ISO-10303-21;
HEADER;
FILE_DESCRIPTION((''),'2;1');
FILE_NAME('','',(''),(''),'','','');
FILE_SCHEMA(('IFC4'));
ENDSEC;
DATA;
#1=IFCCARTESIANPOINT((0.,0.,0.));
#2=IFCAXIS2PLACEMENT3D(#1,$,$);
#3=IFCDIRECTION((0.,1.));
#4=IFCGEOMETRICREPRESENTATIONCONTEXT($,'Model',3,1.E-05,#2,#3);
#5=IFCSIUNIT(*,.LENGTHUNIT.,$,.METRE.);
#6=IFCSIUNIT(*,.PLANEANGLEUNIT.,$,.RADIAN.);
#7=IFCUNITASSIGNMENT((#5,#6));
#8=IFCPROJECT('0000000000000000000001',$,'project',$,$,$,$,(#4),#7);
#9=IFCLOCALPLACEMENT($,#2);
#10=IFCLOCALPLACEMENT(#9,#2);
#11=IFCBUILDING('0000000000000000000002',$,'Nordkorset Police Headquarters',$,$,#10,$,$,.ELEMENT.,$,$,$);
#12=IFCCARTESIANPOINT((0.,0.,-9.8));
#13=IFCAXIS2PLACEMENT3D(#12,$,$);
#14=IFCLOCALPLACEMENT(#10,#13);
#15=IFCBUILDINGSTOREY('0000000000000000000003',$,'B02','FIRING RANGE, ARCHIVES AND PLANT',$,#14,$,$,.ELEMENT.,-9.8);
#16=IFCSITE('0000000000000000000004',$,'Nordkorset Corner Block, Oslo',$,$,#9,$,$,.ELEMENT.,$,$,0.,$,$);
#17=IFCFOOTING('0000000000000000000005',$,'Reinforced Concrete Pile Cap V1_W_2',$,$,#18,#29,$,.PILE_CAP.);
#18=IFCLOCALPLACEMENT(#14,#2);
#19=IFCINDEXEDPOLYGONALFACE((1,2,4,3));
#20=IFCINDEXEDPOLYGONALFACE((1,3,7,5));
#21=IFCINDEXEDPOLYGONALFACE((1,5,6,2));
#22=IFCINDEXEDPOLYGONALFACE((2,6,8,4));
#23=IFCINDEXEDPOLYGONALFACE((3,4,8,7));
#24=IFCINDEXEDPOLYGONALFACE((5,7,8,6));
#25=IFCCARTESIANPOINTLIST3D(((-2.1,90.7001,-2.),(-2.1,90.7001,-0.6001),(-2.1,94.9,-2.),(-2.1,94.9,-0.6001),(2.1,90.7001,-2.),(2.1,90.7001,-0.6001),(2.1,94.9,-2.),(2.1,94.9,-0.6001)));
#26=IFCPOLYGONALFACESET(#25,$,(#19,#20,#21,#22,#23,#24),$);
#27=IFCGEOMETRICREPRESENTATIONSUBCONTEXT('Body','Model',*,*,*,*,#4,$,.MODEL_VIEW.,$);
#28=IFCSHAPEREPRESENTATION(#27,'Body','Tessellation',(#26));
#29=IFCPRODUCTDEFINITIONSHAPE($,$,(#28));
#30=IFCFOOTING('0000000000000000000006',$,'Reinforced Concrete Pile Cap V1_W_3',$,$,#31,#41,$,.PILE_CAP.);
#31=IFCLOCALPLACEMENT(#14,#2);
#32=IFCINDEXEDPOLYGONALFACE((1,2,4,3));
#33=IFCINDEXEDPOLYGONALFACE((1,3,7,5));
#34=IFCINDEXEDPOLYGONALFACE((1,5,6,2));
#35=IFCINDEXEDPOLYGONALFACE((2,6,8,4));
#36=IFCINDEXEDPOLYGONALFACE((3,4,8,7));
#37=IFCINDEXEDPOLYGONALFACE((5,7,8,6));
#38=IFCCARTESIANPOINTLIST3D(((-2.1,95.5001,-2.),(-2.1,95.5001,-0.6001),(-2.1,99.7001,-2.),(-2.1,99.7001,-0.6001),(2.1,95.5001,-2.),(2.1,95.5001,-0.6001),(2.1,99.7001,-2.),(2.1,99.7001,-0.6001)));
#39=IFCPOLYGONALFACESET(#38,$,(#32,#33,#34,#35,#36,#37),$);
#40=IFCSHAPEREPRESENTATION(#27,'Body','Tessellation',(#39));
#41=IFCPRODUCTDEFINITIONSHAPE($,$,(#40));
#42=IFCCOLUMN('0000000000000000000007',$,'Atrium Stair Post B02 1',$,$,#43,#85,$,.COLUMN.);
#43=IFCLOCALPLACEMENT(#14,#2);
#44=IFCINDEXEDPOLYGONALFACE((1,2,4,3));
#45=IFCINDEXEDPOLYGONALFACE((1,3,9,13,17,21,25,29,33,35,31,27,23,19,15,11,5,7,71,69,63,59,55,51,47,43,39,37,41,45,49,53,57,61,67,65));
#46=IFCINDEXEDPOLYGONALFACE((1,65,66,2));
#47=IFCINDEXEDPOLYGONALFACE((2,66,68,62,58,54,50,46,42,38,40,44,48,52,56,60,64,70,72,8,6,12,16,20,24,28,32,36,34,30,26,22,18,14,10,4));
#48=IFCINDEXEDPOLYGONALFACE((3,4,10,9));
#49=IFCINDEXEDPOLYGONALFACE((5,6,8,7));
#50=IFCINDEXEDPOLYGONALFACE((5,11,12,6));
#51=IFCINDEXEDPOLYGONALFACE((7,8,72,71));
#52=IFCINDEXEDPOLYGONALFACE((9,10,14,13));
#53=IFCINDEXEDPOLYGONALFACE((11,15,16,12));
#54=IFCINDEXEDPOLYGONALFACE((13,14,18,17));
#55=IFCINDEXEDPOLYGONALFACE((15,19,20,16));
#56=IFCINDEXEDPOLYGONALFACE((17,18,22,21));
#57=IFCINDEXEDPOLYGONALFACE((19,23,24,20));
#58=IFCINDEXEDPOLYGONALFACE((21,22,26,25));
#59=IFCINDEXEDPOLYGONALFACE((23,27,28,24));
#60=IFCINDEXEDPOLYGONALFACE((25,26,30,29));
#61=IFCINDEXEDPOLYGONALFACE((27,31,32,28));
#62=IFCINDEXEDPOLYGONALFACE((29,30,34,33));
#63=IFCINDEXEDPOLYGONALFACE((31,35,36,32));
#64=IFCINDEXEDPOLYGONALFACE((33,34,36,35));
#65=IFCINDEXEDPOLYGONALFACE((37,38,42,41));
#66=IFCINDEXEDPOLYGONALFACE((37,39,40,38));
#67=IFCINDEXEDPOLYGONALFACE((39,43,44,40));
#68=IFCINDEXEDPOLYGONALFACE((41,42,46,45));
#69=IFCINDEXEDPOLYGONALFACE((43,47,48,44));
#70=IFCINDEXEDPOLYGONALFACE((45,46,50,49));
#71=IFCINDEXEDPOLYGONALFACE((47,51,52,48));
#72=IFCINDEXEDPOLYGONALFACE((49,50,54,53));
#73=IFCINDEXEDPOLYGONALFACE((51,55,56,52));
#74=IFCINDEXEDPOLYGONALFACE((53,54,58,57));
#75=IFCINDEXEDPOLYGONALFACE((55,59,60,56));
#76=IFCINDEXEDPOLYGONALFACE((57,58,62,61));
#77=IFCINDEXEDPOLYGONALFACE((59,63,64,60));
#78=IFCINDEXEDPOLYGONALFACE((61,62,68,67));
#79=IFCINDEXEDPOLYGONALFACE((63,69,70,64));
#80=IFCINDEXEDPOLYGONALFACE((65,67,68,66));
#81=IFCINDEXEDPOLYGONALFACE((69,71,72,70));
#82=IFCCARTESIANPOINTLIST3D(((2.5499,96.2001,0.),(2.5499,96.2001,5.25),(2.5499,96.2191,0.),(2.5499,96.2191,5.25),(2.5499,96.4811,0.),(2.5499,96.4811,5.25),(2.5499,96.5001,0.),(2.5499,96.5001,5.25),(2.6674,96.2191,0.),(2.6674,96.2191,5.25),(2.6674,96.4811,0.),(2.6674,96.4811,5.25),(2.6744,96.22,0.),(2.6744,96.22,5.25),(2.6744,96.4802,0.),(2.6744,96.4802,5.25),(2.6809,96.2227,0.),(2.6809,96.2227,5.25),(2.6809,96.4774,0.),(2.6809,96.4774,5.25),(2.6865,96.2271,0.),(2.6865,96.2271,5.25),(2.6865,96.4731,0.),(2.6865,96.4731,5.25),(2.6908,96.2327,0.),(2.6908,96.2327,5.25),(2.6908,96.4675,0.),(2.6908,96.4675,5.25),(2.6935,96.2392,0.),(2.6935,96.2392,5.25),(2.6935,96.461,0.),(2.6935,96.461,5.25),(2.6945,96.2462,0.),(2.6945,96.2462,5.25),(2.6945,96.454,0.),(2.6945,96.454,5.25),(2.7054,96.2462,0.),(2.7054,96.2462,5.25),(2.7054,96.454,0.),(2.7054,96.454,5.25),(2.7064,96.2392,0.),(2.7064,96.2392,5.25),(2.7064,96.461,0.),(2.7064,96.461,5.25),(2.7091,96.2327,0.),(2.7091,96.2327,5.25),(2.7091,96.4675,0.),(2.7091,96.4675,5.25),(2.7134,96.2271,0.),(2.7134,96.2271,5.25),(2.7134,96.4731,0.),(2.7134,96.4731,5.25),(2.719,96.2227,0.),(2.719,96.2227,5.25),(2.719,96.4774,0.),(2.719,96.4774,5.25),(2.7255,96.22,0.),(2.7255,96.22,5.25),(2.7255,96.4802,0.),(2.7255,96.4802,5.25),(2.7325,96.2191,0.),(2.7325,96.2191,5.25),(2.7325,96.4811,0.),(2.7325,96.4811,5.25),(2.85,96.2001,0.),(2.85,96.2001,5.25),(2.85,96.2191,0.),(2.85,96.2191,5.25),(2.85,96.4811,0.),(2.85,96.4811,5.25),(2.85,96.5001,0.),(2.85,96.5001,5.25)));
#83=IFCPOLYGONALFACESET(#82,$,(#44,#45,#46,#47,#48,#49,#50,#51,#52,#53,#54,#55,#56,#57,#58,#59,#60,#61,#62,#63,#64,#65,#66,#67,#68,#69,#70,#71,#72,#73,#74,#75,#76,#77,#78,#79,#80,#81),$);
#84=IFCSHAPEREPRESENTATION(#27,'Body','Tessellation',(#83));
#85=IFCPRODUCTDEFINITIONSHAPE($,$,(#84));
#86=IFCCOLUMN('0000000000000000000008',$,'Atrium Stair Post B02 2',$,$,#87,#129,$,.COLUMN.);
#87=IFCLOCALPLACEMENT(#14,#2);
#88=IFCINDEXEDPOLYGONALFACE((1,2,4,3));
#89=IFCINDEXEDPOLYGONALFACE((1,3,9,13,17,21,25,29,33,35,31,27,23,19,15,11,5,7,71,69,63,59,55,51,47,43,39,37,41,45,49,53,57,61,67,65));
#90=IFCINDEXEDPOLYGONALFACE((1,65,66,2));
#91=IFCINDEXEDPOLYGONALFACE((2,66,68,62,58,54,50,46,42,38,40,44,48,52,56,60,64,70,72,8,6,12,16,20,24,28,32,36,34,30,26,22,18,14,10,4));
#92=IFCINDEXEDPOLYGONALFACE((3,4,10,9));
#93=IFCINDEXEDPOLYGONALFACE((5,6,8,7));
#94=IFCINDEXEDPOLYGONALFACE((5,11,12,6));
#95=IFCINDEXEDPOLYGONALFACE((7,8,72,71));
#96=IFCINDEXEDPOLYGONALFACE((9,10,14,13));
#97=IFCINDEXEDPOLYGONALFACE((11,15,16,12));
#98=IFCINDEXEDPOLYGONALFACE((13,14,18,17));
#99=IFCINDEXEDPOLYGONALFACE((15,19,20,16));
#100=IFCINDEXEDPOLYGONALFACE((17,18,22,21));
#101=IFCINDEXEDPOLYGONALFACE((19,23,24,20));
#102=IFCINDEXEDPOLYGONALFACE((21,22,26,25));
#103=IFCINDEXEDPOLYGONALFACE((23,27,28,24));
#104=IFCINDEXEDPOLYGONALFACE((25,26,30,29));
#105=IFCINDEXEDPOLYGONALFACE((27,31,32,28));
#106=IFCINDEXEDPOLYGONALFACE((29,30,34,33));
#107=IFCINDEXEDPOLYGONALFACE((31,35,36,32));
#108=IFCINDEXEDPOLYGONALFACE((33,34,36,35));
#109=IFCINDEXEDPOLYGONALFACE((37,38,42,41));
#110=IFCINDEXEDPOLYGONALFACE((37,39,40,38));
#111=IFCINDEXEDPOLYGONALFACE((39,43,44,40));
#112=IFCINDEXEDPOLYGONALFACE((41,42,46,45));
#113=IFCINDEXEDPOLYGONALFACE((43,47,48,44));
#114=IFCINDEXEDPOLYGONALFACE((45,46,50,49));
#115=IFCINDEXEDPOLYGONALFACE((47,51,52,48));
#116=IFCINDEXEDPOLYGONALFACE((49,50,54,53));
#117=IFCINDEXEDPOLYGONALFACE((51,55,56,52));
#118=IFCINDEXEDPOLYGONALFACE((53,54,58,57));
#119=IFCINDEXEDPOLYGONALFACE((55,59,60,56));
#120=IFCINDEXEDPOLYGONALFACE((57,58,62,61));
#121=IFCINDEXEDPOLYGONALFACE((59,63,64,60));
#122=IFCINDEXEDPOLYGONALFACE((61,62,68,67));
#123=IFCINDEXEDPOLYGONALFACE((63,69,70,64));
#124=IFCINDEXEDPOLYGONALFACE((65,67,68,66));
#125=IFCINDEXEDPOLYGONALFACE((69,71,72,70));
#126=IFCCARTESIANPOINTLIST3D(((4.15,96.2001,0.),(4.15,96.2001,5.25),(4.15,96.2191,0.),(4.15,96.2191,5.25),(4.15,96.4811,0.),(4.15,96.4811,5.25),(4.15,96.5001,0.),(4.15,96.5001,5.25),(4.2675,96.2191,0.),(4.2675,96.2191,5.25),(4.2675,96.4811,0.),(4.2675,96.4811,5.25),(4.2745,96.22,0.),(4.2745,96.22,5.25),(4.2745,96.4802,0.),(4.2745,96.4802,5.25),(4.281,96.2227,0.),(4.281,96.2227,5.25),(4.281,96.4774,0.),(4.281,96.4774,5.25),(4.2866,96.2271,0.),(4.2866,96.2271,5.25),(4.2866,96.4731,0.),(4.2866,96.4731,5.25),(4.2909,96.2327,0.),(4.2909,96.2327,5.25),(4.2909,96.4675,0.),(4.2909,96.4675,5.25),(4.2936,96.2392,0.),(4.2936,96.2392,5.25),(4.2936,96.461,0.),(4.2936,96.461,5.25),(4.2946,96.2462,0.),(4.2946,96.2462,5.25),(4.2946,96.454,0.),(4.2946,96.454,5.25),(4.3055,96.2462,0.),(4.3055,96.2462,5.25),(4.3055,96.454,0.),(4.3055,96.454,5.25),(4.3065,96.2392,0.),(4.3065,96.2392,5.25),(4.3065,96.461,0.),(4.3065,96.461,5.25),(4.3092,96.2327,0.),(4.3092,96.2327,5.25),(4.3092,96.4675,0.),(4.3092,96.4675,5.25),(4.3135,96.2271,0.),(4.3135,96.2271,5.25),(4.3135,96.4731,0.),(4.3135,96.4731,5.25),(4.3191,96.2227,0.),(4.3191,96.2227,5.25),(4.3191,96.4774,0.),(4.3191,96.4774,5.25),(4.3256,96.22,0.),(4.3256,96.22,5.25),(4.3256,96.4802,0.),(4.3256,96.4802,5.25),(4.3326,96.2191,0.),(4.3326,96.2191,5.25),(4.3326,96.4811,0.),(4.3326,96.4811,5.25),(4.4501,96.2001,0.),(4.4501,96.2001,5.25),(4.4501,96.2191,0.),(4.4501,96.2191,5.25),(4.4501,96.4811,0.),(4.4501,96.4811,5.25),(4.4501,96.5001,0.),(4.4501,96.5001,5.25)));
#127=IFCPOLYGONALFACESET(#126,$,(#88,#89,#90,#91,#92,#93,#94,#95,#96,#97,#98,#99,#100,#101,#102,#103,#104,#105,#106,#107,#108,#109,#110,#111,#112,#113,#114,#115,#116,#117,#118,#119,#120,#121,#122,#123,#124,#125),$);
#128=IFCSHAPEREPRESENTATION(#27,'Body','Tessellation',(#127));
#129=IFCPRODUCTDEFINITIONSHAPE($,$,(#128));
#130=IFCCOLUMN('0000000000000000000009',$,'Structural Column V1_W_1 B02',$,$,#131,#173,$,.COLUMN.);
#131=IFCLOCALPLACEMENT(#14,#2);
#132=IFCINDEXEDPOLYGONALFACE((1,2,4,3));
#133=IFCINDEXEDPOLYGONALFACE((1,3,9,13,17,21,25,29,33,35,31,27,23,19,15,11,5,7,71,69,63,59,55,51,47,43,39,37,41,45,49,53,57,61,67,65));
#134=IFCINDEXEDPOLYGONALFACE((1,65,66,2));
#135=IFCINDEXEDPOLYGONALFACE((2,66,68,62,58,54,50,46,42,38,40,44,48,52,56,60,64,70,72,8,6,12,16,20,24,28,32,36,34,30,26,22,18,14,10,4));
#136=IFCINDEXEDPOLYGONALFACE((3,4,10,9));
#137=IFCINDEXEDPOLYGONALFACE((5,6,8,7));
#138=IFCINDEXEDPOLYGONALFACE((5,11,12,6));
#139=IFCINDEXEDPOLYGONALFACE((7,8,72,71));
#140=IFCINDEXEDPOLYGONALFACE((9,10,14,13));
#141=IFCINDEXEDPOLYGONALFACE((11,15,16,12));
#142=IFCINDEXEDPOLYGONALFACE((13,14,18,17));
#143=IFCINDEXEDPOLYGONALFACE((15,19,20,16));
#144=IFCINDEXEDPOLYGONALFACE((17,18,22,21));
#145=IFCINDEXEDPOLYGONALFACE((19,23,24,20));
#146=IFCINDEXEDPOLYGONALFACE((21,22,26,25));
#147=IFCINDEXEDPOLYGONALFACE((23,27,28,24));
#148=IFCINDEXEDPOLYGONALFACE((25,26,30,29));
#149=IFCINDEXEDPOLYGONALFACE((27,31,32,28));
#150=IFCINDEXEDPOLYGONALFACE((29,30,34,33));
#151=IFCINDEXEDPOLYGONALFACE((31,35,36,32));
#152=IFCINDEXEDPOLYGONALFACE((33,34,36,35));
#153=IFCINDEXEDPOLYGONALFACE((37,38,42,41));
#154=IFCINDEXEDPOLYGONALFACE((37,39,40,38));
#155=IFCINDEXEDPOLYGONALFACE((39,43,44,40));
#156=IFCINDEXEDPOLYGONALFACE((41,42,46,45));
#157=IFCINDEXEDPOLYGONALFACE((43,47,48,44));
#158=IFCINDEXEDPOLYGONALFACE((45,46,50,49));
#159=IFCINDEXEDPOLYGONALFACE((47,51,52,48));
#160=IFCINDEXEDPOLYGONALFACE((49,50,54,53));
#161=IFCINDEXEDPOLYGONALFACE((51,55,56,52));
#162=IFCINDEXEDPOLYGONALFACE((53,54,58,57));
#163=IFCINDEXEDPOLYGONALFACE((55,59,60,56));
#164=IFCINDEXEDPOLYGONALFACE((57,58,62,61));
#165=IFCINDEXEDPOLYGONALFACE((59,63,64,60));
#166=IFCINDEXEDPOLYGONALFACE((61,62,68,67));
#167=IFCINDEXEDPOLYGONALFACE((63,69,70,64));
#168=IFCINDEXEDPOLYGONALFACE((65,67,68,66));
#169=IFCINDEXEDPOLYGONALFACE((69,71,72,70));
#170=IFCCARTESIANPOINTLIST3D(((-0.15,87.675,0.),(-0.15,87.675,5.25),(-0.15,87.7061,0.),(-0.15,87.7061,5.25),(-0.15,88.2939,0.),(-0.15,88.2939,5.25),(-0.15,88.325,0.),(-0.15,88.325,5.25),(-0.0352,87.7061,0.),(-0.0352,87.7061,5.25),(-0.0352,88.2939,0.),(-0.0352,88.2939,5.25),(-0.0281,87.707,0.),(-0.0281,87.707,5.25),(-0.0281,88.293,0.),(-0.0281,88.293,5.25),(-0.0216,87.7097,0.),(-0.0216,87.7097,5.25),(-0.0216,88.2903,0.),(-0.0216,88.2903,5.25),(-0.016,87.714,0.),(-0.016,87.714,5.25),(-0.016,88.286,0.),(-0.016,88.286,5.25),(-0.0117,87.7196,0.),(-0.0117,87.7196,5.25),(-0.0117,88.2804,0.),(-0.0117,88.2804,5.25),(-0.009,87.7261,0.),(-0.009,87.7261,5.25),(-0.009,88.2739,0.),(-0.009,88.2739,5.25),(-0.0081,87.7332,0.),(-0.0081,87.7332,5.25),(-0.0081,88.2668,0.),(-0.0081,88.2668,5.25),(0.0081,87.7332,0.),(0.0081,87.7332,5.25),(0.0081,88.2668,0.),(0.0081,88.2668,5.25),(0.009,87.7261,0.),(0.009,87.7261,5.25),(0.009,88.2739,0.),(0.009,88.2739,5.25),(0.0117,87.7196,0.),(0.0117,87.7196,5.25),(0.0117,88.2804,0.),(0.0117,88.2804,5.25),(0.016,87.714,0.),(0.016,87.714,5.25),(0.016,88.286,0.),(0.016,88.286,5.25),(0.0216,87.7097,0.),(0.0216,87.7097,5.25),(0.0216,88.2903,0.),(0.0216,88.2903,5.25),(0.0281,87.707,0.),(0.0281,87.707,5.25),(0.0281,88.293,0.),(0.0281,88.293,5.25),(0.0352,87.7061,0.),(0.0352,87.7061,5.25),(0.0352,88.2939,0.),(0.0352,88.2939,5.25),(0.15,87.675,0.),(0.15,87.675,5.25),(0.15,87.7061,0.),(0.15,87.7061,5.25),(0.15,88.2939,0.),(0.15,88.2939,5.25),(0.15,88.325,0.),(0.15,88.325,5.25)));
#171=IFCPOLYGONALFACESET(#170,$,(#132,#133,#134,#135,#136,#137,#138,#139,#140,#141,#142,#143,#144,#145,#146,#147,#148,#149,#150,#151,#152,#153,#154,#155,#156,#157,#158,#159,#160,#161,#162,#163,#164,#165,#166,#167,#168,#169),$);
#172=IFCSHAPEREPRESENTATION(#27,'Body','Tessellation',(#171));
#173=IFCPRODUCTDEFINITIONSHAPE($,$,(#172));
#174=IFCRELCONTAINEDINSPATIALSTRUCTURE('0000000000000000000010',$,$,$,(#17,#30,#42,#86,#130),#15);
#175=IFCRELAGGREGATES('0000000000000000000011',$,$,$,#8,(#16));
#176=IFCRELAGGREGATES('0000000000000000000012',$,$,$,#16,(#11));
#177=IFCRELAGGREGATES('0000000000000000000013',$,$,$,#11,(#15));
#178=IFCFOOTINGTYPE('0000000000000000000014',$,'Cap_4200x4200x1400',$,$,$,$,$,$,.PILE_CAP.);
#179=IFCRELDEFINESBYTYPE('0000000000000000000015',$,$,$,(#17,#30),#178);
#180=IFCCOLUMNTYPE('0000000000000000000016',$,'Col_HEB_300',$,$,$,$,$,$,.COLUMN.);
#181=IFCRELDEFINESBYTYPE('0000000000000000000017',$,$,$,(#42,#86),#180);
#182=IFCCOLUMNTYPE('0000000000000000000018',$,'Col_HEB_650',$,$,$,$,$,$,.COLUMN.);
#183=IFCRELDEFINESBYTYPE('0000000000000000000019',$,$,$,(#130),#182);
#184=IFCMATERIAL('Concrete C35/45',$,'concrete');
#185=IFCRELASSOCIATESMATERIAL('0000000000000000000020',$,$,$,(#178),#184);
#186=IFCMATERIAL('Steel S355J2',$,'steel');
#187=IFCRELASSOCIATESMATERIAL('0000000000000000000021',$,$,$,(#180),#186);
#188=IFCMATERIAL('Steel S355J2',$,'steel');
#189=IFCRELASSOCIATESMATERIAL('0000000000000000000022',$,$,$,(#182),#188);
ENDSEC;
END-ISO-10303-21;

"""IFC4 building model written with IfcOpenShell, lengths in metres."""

from ifc_helpers import new_model, si_unit, direction, frame, origin, origin_2d, place, context, subcontext, project, spatial, rectangle, i_section, extrude, material, material_profile, profile_set, type_object, element, save


model = new_model("IFC4")

# Units and contexts
model_context = context("Model", 3, precision=1e-05, world=origin(), true_north=direction((0.0, 1.0)))
body_context = subcontext(model_context, "Body", "Model", "MODEL_VIEW")
ifc_project = project(units=[si_unit("LENGTHUNIT", "METRE"), si_unit("PLANEANGLEUNIT", "RADIAN")], contexts=[model_context])

# Site, building, storey
site_placement = place(None, origin())
site = spatial("IfcSite", under=ifc_project, at=site_placement, Name="Nordkorset Corner Block, Oslo", CompositionType="ELEMENT", RefElevation=0.0)
building_placement = place(site_placement, origin())
building = spatial("IfcBuilding", under=site, at=building_placement, Name="Nordkorset Police Headquarters", CompositionType="ELEMENT")
storey_placement = place(building_placement, frame((0.0, 0.0, -9.8)))
storey = spatial("IfcBuildingStorey", under=building, at=storey_placement, Name="B02", Description="FIRING RANGE, ARCHIVES AND PLANT", CompositionType="ELEMENT", Elevation=-9.8)

# Footings
ifc_material_1 = material(Name="Concrete C35/45", Category="concrete")
footing_type_1 = type_object("IfcFootingType", Name="Cap_4200x4200x1400", PredefinedType="PILE_CAP", material=ifc_material_1)
for number, where, z_axis, x_axis, name in (
    (1, (0.0, 92.8, -2.0), (0.0, 0.0, 1.0), (1.0, 0.0, 0.0), "Reinforced Concrete Pile Cap V1_W_2"),
    (2, (0.0, 97.6001, -2.0), (0.0, 0.0, 1.0), (1.0, 0.0, 0.0), "Reinforced Concrete Pile Cap V1_W_3"),
):
    element("IfcFooting", number, at=place(storey_placement, frame(where, z_axis=z_axis, x_axis=x_axis)), inside=storey, type_object=footing_type_1, Name=name, PredefinedType="PILE_CAP", context=body_context, shape_type="SweptSolid", body=[
        extrude(rectangle(XDim=4.2, YDim=4.2, at=origin_2d()), origin(), (0.0, 0.0, 1.0), 1.3999),
    ])

# Columns
ifc_material_2 = material(Name="Steel S355J2", Category="steel")
ifc_material_profile_1 = material_profile(ifc_material_2, i_section(OverallWidth=0.3, OverallDepth=0.3, WebThickness=0.011, FlangeThickness=0.019, FilletRadius=0.0271, at=origin_2d()), Name="HEB 300")
ifc_profile_set_1 = profile_set([ifc_material_profile_1], Name="Steel S355J2")
column_type_1 = type_object("IfcColumnType", Name="Col_HEB_300", PredefinedType="COLUMN", material=ifc_profile_set_1)
for number, where, z_axis, x_axis, name in (
    (3, (2.7, 96.3501, 0.0), (0.0, 0.0, 1.0), (1.0, 0.0, 0.0), "Atrium Stair Post B02 1"),
    (4, (4.3, 96.3501, 0.0), (0.0, 0.0, 1.0), (1.0, 0.0, 0.0), "Atrium Stair Post B02 2"),
):
    element("IfcColumn", number, at=place(storey_placement, frame(where, z_axis=z_axis, x_axis=x_axis)), inside=storey, type_object=column_type_1, Name=name, PredefinedType="COLUMN", context=body_context, shape_type="SweptSolid", body=[
        extrude(i_section(OverallWidth=0.3, OverallDepth=0.3, WebThickness=0.011, FlangeThickness=0.019, FilletRadius=0.0271, at=origin_2d()), origin(), (0.0, 0.0, 1.0), 5.25),
    ])
ifc_material_3 = material(Name="Steel S355J2", Category="steel")
ifc_material_profile_2 = material_profile(ifc_material_3, i_section(OverallWidth=0.3, OverallDepth=0.6499, WebThickness=0.0161, FlangeThickness=0.031, FilletRadius=0.0271, at=origin_2d()), Name="HEB 650")
ifc_profile_set_2 = profile_set([ifc_material_profile_2], Name="Steel S355J2")
column_type_2 = type_object("IfcColumnType", Name="Col_HEB_650", PredefinedType="COLUMN", material=ifc_profile_set_2)
for number, where, z_axis, x_axis, name in (
    (5, (0.0, 88.0, 0.0), (0.0, 0.0, 1.0), (1.0, 0.0, 0.0), "Structural Column V1_W_1 B02"),
):
    element("IfcColumn", number, at=place(storey_placement, frame(where, z_axis=z_axis, x_axis=x_axis)), inside=storey, type_object=column_type_2, Name=name, PredefinedType="COLUMN", context=body_context, shape_type="SweptSolid", body=[
        extrude(i_section(OverallWidth=0.3, OverallDepth=0.6499, WebThickness=0.0161, FlangeThickness=0.031, FilletRadius=0.0271, at=origin_2d()), origin(), (0.0, 0.0, 1.0), 5.25),
    ])

save(model, "model.ifc")
